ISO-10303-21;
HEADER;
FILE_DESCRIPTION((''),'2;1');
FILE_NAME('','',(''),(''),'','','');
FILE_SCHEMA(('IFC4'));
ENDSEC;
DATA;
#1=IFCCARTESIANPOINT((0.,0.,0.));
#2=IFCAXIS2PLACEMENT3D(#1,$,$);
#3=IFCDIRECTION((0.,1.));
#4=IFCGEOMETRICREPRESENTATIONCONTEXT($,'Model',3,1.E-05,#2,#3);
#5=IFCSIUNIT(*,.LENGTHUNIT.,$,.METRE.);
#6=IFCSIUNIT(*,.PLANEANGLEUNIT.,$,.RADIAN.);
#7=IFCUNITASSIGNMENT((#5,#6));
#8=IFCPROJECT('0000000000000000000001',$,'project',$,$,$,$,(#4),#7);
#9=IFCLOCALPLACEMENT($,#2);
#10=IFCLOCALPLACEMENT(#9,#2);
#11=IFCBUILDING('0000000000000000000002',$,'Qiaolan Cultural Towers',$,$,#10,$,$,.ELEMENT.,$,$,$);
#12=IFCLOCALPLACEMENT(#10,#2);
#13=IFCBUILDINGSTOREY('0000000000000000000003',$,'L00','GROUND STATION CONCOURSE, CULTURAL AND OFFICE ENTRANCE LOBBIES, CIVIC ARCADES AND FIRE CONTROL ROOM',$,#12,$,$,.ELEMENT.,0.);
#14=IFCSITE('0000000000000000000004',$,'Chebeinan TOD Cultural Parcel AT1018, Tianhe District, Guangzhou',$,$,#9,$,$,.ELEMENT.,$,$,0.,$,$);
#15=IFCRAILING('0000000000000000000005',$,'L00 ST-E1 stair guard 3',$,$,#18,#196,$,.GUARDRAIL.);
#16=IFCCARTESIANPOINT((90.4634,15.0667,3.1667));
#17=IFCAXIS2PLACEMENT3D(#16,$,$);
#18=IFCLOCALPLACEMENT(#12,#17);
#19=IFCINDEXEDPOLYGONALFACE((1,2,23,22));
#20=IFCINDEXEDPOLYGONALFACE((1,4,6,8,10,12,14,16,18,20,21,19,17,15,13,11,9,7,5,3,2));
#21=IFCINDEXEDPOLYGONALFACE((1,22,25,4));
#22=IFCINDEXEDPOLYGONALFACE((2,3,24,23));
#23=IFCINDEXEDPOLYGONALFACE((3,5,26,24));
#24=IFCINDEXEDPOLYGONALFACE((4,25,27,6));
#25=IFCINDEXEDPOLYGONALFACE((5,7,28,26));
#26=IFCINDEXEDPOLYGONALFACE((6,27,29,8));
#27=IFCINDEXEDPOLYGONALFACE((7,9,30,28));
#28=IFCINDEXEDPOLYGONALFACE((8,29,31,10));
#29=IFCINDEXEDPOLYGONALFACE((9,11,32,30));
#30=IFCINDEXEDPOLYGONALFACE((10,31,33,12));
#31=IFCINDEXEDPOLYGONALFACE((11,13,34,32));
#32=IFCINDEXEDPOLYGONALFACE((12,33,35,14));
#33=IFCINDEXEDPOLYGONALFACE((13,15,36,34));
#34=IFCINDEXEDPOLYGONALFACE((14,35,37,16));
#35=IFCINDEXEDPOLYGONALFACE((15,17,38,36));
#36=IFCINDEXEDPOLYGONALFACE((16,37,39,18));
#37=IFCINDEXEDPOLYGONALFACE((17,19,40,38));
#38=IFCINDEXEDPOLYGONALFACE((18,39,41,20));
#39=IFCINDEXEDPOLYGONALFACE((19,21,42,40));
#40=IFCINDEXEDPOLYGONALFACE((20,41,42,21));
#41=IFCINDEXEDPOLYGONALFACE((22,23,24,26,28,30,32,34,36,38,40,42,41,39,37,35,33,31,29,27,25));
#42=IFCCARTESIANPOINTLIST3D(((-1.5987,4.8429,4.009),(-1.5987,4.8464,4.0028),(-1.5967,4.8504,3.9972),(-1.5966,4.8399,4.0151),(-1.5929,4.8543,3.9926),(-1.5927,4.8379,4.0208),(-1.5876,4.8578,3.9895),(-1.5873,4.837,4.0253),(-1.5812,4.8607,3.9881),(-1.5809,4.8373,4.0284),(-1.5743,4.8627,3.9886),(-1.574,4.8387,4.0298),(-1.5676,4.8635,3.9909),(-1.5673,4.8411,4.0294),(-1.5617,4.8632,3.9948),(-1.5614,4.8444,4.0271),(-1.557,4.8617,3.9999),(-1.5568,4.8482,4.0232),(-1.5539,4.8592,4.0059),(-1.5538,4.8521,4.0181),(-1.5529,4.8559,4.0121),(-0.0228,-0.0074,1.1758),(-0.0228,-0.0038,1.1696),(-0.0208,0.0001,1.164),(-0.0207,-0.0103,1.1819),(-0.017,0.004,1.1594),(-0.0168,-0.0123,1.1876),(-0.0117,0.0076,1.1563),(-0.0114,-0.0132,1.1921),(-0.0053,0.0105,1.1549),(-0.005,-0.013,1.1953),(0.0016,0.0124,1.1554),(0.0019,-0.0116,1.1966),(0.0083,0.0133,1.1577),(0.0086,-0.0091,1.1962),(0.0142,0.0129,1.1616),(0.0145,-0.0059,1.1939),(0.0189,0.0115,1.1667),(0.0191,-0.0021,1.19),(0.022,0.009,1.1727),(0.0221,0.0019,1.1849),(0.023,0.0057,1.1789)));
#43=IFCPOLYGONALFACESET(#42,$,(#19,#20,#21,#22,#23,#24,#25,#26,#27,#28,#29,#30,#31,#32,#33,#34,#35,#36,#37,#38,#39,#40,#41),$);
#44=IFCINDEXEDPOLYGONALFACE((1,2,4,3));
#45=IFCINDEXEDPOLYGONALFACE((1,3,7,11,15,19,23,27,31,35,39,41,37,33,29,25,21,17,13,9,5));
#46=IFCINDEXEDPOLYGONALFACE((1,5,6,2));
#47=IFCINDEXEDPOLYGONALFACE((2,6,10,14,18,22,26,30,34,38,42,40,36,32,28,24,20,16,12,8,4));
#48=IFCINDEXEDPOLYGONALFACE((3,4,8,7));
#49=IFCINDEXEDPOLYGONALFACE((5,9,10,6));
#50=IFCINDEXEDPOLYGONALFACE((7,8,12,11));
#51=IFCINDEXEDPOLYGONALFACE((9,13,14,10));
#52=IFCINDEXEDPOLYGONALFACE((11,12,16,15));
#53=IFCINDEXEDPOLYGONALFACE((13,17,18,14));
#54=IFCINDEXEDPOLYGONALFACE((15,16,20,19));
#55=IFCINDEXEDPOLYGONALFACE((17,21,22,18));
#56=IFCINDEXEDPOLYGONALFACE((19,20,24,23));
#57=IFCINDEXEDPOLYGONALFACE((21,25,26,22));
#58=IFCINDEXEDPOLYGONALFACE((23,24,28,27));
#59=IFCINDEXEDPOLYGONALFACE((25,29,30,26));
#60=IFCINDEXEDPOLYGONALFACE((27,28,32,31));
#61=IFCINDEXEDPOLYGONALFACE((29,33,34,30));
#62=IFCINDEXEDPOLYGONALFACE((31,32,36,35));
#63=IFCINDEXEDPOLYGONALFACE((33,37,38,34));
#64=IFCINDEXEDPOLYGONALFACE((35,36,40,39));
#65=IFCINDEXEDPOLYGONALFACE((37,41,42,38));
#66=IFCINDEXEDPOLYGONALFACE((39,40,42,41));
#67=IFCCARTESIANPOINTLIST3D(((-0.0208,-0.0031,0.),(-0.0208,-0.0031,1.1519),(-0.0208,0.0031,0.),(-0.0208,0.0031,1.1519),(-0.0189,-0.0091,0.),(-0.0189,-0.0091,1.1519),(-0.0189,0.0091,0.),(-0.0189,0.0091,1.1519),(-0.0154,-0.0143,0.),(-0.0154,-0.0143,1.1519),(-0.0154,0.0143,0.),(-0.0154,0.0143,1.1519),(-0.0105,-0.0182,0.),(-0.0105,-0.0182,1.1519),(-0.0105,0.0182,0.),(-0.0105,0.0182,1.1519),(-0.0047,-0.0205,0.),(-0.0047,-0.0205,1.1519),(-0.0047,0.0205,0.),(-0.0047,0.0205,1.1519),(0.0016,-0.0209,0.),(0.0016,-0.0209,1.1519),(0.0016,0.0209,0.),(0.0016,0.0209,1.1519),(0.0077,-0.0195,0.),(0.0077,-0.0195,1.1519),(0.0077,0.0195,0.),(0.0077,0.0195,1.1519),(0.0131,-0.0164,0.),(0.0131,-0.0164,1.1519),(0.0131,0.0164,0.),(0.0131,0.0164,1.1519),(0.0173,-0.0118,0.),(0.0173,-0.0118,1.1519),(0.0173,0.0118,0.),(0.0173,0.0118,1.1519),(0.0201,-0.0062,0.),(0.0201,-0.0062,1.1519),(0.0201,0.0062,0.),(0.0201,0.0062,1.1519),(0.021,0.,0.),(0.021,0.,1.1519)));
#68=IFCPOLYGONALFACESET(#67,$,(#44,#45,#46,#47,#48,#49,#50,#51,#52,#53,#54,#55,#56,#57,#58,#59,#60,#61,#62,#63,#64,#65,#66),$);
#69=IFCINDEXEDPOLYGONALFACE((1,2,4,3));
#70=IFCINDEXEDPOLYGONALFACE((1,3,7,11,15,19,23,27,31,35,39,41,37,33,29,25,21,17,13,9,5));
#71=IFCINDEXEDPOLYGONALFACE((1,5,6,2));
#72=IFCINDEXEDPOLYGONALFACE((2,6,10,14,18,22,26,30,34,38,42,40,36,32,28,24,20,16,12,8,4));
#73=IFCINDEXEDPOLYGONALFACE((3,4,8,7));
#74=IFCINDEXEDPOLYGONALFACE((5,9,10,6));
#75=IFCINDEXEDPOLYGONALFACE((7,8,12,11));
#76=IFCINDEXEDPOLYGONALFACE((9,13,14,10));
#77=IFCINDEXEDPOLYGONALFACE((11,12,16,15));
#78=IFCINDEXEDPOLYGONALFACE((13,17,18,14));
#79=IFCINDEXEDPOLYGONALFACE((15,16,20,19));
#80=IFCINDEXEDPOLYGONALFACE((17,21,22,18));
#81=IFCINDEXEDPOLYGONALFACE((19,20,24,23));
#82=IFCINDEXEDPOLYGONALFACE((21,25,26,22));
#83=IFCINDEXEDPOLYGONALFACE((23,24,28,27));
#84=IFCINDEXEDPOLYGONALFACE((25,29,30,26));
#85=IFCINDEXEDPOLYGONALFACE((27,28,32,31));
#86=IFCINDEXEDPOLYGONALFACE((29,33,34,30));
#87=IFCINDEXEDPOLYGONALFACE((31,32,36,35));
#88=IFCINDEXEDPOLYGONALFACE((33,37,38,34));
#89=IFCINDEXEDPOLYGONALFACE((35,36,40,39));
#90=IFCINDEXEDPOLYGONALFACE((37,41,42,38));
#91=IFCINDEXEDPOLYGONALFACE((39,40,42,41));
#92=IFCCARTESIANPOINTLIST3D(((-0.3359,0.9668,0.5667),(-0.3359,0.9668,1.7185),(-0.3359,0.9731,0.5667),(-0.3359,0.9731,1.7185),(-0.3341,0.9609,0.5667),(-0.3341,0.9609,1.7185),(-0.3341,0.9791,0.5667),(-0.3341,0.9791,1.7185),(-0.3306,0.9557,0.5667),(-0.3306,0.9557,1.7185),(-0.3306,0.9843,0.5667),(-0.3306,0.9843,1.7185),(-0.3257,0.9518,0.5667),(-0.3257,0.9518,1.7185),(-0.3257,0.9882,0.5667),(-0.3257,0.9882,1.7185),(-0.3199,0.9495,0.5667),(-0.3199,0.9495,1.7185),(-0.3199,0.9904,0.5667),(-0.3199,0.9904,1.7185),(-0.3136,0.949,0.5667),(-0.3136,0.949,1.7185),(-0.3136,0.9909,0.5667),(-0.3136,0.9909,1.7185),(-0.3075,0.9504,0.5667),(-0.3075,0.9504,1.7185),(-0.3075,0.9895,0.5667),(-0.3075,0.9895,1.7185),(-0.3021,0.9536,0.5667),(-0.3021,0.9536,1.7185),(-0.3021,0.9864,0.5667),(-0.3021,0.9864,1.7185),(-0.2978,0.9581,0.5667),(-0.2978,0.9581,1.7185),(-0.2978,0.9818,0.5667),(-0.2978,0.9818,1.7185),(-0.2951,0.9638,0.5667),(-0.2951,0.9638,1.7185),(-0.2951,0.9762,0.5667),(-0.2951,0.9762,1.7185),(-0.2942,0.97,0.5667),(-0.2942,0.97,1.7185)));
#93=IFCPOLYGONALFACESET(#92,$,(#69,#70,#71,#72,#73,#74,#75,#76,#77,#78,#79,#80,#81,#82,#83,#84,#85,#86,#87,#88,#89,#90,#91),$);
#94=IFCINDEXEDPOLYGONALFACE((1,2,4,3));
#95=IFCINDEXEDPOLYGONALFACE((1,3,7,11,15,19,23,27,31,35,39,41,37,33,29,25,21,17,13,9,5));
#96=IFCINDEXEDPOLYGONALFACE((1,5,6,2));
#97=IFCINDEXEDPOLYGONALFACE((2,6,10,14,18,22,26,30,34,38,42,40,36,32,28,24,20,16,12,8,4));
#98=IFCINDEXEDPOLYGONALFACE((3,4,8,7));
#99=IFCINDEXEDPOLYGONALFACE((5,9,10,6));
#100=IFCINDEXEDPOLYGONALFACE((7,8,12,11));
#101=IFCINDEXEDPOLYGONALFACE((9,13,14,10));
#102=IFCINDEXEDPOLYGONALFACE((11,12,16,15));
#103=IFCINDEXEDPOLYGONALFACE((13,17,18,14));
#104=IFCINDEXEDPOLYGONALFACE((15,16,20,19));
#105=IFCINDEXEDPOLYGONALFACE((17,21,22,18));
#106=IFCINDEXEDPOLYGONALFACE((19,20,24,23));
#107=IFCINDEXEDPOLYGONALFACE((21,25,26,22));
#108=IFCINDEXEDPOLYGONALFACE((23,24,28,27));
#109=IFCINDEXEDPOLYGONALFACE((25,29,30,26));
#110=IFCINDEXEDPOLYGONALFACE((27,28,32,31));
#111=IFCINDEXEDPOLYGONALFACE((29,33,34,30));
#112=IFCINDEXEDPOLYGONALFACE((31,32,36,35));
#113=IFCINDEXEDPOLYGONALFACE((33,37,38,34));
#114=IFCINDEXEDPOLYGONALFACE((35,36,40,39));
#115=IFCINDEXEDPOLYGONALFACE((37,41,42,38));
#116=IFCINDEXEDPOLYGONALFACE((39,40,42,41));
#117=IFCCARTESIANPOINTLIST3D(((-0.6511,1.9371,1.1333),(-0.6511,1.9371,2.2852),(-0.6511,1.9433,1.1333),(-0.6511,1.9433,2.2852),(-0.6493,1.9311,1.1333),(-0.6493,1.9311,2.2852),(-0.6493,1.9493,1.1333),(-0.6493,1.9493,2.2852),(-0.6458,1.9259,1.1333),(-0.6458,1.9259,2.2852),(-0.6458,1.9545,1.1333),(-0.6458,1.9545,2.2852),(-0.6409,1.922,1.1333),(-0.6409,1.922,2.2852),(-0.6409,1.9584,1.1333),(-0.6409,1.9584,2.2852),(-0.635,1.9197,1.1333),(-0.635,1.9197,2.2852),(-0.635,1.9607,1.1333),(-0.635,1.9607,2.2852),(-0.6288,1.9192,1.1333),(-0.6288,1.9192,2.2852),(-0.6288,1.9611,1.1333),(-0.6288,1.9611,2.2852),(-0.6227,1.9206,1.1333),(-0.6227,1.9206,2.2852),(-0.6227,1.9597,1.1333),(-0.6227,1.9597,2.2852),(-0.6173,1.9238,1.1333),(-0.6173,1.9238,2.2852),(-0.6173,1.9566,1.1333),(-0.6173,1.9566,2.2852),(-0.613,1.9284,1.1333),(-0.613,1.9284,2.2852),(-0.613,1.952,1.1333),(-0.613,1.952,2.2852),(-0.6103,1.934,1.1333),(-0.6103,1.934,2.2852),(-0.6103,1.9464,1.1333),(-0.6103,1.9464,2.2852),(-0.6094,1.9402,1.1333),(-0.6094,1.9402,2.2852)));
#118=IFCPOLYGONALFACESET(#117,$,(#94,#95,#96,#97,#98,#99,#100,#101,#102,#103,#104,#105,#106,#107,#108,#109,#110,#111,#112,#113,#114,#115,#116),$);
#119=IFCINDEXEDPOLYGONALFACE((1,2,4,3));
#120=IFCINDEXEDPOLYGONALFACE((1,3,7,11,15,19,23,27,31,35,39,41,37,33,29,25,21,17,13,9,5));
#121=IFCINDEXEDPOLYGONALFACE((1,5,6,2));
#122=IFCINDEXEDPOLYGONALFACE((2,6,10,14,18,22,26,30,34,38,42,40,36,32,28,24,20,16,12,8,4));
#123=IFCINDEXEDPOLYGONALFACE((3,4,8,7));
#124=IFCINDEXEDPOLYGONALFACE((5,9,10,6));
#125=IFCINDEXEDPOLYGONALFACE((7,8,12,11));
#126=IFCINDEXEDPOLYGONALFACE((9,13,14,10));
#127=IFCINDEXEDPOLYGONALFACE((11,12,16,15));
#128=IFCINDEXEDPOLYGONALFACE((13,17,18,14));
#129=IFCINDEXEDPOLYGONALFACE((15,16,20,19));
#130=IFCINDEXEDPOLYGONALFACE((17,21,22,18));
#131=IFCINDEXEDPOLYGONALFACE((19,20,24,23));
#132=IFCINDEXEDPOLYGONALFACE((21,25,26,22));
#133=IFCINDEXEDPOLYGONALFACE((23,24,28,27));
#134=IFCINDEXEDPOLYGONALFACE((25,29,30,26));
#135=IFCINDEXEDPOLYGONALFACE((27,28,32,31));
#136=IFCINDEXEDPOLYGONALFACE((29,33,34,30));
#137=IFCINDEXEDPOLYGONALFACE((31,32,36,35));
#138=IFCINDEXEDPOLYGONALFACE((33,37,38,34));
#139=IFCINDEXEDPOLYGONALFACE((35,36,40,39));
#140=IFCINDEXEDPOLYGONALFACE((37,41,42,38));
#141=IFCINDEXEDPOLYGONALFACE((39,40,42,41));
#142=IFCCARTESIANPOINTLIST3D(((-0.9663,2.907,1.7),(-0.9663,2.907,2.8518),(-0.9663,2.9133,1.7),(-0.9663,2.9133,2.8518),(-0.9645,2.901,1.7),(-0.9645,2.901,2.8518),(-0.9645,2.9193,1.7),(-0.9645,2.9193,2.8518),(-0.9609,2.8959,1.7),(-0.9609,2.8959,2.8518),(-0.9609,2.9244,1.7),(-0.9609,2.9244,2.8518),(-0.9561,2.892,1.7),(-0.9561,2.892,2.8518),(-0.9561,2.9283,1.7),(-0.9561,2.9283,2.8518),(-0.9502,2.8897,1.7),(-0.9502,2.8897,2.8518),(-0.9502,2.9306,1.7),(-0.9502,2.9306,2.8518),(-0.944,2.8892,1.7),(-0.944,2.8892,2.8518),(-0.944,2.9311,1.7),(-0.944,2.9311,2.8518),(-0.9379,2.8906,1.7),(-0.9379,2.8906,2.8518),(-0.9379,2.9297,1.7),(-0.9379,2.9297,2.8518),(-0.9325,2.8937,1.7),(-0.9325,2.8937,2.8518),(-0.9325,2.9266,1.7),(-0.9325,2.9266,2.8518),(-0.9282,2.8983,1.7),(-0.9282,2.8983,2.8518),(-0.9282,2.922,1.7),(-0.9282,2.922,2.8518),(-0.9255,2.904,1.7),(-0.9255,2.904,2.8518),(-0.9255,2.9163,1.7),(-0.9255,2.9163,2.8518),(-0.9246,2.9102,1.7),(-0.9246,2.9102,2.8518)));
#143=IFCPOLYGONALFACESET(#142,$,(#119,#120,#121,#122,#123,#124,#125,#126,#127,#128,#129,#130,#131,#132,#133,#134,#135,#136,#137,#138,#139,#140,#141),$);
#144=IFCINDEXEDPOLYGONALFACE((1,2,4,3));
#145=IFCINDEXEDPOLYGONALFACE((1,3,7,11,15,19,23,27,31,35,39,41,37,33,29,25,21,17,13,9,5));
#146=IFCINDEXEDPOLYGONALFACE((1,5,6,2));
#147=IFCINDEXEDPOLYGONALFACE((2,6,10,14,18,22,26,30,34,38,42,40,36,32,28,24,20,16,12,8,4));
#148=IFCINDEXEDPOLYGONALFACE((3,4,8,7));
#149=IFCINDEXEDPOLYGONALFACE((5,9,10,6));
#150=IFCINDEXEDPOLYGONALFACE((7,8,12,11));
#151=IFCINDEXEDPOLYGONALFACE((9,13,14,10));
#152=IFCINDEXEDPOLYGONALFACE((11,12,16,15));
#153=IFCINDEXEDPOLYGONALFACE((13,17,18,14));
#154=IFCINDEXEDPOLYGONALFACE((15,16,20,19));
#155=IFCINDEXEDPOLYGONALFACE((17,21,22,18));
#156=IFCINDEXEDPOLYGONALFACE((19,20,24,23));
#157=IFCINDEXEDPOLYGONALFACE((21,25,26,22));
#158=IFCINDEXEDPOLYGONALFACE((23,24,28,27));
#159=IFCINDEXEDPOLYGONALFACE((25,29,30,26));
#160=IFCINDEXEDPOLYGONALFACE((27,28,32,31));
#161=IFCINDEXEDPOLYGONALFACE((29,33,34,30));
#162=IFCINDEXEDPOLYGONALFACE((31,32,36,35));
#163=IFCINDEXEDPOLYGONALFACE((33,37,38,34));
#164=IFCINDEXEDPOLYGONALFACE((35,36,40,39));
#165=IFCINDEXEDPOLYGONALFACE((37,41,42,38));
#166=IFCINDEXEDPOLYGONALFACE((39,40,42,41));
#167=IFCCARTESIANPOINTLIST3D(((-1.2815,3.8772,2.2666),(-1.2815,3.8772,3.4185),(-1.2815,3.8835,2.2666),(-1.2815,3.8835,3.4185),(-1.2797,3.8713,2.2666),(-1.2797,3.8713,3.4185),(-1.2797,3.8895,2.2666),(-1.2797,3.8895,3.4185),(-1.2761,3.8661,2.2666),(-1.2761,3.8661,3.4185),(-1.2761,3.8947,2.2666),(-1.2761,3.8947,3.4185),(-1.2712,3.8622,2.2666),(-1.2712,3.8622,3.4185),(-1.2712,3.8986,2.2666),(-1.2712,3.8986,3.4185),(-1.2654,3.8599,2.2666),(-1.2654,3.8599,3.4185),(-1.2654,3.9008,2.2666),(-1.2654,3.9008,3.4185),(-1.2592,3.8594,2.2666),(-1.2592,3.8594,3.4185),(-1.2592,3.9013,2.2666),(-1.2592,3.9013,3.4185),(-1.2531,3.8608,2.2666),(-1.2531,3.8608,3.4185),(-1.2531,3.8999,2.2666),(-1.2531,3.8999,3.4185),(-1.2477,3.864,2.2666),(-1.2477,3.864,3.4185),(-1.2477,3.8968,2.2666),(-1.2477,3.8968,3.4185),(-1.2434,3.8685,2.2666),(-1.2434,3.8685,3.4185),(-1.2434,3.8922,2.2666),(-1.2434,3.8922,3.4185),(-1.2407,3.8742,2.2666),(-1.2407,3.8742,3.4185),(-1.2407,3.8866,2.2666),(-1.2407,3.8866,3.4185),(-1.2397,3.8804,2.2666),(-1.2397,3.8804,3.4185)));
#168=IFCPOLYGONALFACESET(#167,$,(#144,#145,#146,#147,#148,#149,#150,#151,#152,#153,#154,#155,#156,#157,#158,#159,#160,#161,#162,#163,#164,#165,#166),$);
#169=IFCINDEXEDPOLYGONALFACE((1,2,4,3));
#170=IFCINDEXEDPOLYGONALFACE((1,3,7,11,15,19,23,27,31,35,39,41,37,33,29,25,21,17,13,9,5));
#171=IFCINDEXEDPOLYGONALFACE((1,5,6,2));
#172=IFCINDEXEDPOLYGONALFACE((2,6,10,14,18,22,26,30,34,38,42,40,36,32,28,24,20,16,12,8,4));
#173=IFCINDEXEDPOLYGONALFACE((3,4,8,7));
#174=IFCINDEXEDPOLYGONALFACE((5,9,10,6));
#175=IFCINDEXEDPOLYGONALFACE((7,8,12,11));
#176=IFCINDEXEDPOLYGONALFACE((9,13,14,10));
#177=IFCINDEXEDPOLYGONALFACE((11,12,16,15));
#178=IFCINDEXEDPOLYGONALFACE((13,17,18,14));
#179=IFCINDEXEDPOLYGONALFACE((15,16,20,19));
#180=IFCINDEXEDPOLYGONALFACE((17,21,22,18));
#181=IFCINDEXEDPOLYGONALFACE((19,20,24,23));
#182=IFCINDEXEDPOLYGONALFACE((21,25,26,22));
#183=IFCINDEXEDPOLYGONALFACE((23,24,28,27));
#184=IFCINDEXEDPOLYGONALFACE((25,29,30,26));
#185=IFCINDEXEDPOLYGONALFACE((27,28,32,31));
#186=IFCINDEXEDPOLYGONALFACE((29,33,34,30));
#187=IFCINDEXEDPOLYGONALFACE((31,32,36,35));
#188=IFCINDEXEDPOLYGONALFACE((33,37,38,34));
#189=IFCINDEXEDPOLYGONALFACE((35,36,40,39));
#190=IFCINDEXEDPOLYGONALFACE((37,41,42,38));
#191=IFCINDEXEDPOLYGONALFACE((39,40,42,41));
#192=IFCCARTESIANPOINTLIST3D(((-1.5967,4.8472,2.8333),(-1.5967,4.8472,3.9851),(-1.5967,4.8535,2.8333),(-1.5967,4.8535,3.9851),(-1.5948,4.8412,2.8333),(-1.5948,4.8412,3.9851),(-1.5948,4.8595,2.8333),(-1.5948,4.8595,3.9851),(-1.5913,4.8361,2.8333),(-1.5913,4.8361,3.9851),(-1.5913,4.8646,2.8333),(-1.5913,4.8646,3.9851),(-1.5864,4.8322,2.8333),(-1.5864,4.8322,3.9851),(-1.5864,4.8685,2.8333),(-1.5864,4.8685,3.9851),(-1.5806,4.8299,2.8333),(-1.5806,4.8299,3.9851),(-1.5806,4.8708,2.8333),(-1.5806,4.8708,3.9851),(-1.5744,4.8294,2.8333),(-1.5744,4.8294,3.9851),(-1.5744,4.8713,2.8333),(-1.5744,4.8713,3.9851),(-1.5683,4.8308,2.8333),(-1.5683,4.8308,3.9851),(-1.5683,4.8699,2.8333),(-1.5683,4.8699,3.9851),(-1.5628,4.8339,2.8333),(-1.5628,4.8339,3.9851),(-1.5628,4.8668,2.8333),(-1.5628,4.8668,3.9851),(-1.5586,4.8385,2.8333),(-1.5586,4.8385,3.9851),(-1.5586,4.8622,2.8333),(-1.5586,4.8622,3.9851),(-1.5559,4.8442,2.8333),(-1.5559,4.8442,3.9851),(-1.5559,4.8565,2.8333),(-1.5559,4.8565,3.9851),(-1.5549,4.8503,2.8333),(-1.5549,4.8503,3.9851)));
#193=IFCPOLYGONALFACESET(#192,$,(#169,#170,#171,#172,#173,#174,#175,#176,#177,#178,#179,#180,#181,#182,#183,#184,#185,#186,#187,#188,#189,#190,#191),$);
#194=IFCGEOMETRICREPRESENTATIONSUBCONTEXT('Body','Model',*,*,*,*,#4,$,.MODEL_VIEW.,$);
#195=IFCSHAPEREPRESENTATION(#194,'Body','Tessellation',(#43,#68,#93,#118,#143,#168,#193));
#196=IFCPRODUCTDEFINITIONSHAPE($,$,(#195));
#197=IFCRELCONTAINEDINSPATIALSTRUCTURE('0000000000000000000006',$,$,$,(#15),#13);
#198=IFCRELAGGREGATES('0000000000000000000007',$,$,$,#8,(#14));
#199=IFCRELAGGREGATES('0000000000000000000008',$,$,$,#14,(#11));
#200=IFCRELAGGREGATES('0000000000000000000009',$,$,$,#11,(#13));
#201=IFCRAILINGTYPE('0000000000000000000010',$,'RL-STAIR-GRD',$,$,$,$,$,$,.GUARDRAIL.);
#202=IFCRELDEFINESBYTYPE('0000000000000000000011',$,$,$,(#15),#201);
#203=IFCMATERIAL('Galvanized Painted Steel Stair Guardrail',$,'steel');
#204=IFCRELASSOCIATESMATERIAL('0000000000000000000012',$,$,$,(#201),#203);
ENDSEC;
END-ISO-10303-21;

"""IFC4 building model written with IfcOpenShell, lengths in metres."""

from ifc_helpers import new_model, si_unit, direction, frame, origin, origin_2d, place, context, subcontext, project, spatial, circle, extrude, material, type_object, element, save


model = new_model("IFC4")

# Units and contexts
model_context = context("Model", 3, precision=1e-05, world=origin(), true_north=direction((0.0, 1.0)))
body_context = subcontext(model_context, "Body", "Model", "MODEL_VIEW")
ifc_project = project(units=[si_unit("LENGTHUNIT", "METRE"), si_unit("PLANEANGLEUNIT", "RADIAN")], contexts=[model_context])

# Site, building, storey
site_placement = place(None, origin())
site = spatial("IfcSite", under=ifc_project, at=site_placement, Name="Chebeinan TOD Cultural Parcel AT1018, Tianhe District, Guangzhou", CompositionType="ELEMENT", RefElevation=0.0)
building_placement = place(site_placement, origin())
building = spatial("IfcBuilding", under=site, at=building_placement, Name="Qiaolan Cultural Towers", CompositionType="ELEMENT")
storey_placement = place(building_placement, origin())
storey = spatial("IfcBuildingStorey", under=building, at=storey_placement, Name="L00", Description="GROUND STATION CONCOURSE, CULTURAL AND OFFICE ENTRANCE LOBBIES, CIVIC ARCADES AND FIRE CONTROL ROOM", CompositionType="ELEMENT", Elevation=0.0)

# Railing
ifc_material_1 = material(Name="Galvanized Painted Steel Stair Guardrail", Category="steel")
railing_type_1 = type_object("IfcRailingType", Name="RL-STAIR-GRD", PredefinedType="GUARDRAIL", material=ifc_material_1)
railing_1_placement = place(storey_placement, frame((90.4634, 15.0667, 3.1667)))
element("IfcRailing", 1, at=railing_1_placement, inside=storey, type_object=railing_type_1, Name="L00 ST-E1 stair guard 3", PredefinedType="GUARDRAIL", context=body_context, shape_type="SweptSolid", body=[
    extrude(circle(Radius=0.0239, at=origin_2d()), frame((0.0, 0.0, 1.1758), z_axis=(-0.270124, 0.831378, 0.485637), x_axis=(-0.951059, -0.309009, 0.0)), (0.0, 0.0, 1.0), 5.834),
    extrude(circle(Radius=0.021, at=origin_2d()), origin(), (0.0, 0.0, 1.0), 1.1519),
    extrude(circle(Radius=0.021, at=origin_2d()), frame((-0.3152, 0.97, 0.5667)), (0.0, 0.0, 1.0), 1.1519),
    extrude(circle(Radius=0.021, at=origin_2d()), frame((-0.6304, 1.9402, 1.1333)), (0.0, 0.0, 1.0), 1.1519),
    extrude(circle(Radius=0.021, at=origin_2d()), frame((-0.9456, 2.9102, 1.7)), (0.0, 0.0, 1.0), 1.1519),
    extrude(circle(Radius=0.021, at=origin_2d()), frame((-1.2607, 3.8804, 2.2666)), (0.0, 0.0, 1.0), 1.1519),
    extrude(circle(Radius=0.021, at=origin_2d()), frame((-1.5759, 4.8503, 2.8333)), (0.0, 0.0, 1.0), 1.1519),
])

save(model, "model.ifc")
